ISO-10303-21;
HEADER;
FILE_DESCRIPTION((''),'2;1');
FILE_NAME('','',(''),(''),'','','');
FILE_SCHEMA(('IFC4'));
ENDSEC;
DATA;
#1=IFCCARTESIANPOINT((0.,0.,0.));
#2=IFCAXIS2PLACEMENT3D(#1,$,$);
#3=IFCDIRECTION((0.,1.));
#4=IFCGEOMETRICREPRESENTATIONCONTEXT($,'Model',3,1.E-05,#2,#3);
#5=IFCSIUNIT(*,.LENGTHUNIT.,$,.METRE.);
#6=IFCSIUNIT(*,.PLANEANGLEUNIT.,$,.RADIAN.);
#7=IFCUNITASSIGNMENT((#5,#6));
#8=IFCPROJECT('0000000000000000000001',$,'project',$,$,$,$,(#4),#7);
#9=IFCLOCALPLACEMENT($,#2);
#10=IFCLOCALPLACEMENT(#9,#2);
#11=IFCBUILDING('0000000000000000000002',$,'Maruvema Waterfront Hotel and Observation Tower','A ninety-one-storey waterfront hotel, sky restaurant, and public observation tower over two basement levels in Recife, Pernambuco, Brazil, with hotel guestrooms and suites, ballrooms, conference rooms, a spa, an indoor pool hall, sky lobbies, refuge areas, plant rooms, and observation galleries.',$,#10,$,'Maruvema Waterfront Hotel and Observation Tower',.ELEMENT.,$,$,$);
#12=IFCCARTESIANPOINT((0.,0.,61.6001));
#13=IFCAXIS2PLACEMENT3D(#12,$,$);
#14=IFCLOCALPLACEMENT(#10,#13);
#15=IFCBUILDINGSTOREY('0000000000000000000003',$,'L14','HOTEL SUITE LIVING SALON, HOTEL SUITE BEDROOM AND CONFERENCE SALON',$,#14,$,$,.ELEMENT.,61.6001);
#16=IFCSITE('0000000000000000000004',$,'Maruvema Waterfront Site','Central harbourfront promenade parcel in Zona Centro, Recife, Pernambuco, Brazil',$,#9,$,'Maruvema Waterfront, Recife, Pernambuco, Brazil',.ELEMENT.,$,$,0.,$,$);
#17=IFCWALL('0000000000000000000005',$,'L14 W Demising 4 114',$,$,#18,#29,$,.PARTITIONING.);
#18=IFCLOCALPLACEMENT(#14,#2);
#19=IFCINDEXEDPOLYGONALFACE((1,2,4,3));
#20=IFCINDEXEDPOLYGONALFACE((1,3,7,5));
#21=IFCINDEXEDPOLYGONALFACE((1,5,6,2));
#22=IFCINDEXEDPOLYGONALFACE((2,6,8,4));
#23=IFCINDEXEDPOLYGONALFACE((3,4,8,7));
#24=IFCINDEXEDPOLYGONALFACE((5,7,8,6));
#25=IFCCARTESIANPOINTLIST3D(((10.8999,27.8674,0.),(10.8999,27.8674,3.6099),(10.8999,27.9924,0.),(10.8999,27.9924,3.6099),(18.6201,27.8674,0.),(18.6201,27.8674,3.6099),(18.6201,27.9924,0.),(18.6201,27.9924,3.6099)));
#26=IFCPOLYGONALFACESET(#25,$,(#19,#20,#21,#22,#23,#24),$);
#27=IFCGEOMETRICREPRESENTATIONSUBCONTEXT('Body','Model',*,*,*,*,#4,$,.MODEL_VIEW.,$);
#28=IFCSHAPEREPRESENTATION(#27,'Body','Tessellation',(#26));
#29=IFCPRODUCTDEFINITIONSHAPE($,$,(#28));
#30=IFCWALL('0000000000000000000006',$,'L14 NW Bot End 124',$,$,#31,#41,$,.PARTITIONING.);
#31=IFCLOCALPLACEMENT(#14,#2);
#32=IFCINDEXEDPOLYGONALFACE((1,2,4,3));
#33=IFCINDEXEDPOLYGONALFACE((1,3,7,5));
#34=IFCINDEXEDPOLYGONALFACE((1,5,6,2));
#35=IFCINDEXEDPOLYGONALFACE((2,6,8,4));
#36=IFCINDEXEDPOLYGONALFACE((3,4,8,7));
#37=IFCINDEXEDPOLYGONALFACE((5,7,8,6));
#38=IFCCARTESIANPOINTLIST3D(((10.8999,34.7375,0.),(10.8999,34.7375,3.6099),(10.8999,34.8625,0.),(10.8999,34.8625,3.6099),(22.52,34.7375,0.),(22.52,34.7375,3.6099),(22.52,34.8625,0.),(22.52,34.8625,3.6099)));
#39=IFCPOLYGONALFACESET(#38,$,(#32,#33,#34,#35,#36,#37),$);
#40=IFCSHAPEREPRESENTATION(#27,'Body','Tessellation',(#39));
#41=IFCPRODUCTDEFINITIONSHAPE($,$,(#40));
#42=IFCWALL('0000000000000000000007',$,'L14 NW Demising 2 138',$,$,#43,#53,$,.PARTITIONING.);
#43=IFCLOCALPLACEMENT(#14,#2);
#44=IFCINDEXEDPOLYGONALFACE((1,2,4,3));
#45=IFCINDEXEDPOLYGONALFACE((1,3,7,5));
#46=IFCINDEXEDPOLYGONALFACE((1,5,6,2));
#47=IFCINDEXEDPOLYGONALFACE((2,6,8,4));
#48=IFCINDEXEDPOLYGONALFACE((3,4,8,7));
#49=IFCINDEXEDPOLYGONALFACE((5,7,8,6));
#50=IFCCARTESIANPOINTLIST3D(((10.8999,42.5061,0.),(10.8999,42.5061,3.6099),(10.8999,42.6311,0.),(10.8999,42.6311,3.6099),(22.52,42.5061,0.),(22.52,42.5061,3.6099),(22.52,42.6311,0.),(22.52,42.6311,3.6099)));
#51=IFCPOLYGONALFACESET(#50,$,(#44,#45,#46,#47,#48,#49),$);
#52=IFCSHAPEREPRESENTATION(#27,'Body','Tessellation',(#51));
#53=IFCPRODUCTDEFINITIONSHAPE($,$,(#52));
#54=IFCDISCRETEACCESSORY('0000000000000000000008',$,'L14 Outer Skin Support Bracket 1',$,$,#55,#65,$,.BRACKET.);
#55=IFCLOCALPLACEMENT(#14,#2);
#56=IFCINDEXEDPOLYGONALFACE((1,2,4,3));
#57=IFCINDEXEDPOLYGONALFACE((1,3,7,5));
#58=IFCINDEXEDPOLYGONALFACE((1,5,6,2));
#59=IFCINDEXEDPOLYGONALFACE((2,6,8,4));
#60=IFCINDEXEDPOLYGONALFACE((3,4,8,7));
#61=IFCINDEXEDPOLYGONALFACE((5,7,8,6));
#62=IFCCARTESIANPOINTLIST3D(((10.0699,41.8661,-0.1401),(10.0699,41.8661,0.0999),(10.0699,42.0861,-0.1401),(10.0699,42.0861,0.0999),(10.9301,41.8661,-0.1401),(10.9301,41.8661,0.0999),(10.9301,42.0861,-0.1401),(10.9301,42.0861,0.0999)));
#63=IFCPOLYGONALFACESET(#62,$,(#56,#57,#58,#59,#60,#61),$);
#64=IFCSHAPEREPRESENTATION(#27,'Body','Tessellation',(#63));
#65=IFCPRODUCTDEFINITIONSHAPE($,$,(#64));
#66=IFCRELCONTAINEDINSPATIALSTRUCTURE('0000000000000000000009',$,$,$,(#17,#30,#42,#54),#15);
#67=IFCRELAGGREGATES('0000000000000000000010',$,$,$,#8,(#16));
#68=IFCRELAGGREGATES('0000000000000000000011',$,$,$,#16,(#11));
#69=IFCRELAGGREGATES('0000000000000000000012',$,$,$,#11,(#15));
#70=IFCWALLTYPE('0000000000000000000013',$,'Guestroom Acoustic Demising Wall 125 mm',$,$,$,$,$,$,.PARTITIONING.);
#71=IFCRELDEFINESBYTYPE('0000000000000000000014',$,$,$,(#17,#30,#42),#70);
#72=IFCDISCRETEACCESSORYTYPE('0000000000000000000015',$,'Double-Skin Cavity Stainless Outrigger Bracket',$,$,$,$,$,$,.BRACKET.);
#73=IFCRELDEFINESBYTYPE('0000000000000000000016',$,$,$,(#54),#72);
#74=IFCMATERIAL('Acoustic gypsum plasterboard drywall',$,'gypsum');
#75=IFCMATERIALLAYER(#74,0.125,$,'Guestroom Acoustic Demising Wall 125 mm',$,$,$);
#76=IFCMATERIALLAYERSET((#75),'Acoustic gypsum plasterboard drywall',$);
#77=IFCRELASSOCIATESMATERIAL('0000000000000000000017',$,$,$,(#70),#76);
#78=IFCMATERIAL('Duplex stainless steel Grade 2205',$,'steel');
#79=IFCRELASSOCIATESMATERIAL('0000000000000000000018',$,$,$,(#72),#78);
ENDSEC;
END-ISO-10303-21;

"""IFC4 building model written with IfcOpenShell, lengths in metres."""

from ifc_helpers import new_model, si_unit, direction, frame, frame_2d, origin, origin_2d, place, context, subcontext, project, spatial, rectangle, extrude, material, layer, layer_set, type_object, element, save


model = new_model("IFC4")

# Units and contexts
model_context = context("Model", 3, precision=1e-05, world=origin(), true_north=direction((0.0, 1.0)))
body_context = subcontext(model_context, "Body", "Model", "MODEL_VIEW")
ifc_project = project(units=[si_unit("LENGTHUNIT", "METRE"), si_unit("PLANEANGLEUNIT", "RADIAN")], contexts=[model_context])

# Site, building, storey
site_placement = place(None, origin())
site = spatial("IfcSite", under=ifc_project, at=site_placement, Name="Maruvema Waterfront Site", Description="Central harbourfront promenade parcel in Zona Centro, Recife, Pernambuco, Brazil", LongName="Maruvema Waterfront, Recife, Pernambuco, Brazil", CompositionType="ELEMENT", RefElevation=0.0)
building_placement = place(site_placement, origin())
building = spatial("IfcBuilding", under=site, at=building_placement, Name="Maruvema Waterfront Hotel and Observation Tower", Description="A ninety-one-storey waterfront hotel, sky restaurant, and public observation tower over two basement levels in Recife, Pernambuco, Brazil, with hotel guestrooms and suites, ballrooms, conference rooms, a spa, an indoor pool hall, sky lobbies, refuge areas, plant rooms, and observation galleries.", LongName="Maruvema Waterfront Hotel and Observation Tower", CompositionType="ELEMENT")
storey_placement = place(building_placement, frame((0.0, 0.0, 61.6001)))
storey = spatial("IfcBuildingStorey", under=building, at=storey_placement, Name="L14", Description="HOTEL SUITE LIVING SALON, HOTEL SUITE BEDROOM AND CONFERENCE SALON", CompositionType="ELEMENT", Elevation=61.6001)

# Walls
ifc_material_1 = material(Name="Acoustic gypsum plasterboard drywall", Category="gypsum")
ifc_layer_1 = layer(ifc_material_1, 0.125, Name="Guestroom Acoustic Demising Wall 125 mm")
ifc_layer_set_1 = layer_set([ifc_layer_1], Name="Acoustic gypsum plasterboard drywall")
wall_type_1 = type_object("IfcWallType", Name="Guestroom Acoustic Demising Wall 125 mm", PredefinedType="PARTITIONING", material=ifc_layer_set_1)
for number, where, z_axis, x_axis, name in (
    (1, (10.8999, 27.9299, 0.0), (0.0, 0.0, 1.0), (1.0, 0.0, 0.0), "L14 W Demising 4 114"),
):
    element("IfcWall", number, at=place(storey_placement, frame(where, z_axis=z_axis, x_axis=x_axis)), inside=storey, type_object=wall_type_1, Name=name, PredefinedType="PARTITIONING", context=body_context, shape_type="SweptSolid", body=[
        extrude(rectangle(XDim=7.7202, YDim=0.125, at=frame_2d((3.8601, 0.0))), origin(), (0.0, 0.0, 1.0), 3.6099),
    ])
for number, where, z_axis, x_axis, name in (
    (2, (10.8999, 34.8, 0.0), (0.0, 0.0, 1.0), (1.0, 0.0, 0.0), "L14 NW Bot End 124"),
    (3, (10.8999, 42.5686, 0.0), (0.0, 0.0, 1.0), (1.0, 0.0, 0.0), "L14 NW Demising 2 138"),
):
    element("IfcWall", number, at=place(storey_placement, frame(where, z_axis=z_axis, x_axis=x_axis)), inside=storey, type_object=wall_type_1, Name=name, PredefinedType="PARTITIONING", context=body_context, shape_type="SweptSolid", body=[
        extrude(rectangle(XDim=11.6201, YDim=0.125, at=frame_2d((5.8101, 0.0))), origin(), (0.0, 0.0, 1.0), 3.6099),
    ])

# Discrete accessory
ifc_material_2 = material(Name="Duplex stainless steel Grade 2205", Category="steel")
discrete_accessory_type = type_object("IfcDiscreteAccessoryType", Name="Double-Skin Cavity Stainless Outrigger Bracket", PredefinedType="BRACKET", material=ifc_material_2)
discrete_accessory_placement = place(storey_placement, frame((10.5, 41.9761, -0.1401), z_axis=(0.0, 0.0, 1.0), x_axis=(0.0, -1.0, 0.0)))
element("IfcDiscreteAccessory", 4, at=discrete_accessory_placement, inside=storey, type_object=discrete_accessory_type, Name="L14 Outer Skin Support Bracket 1", PredefinedType="BRACKET", context=body_context, shape_type="SweptSolid", body=[
    extrude(rectangle(XDim=0.22, YDim=0.8601, at=origin_2d()), origin(), (0.0, 0.0, 1.0), 0.24),
])

save(model, "model.ifc")
